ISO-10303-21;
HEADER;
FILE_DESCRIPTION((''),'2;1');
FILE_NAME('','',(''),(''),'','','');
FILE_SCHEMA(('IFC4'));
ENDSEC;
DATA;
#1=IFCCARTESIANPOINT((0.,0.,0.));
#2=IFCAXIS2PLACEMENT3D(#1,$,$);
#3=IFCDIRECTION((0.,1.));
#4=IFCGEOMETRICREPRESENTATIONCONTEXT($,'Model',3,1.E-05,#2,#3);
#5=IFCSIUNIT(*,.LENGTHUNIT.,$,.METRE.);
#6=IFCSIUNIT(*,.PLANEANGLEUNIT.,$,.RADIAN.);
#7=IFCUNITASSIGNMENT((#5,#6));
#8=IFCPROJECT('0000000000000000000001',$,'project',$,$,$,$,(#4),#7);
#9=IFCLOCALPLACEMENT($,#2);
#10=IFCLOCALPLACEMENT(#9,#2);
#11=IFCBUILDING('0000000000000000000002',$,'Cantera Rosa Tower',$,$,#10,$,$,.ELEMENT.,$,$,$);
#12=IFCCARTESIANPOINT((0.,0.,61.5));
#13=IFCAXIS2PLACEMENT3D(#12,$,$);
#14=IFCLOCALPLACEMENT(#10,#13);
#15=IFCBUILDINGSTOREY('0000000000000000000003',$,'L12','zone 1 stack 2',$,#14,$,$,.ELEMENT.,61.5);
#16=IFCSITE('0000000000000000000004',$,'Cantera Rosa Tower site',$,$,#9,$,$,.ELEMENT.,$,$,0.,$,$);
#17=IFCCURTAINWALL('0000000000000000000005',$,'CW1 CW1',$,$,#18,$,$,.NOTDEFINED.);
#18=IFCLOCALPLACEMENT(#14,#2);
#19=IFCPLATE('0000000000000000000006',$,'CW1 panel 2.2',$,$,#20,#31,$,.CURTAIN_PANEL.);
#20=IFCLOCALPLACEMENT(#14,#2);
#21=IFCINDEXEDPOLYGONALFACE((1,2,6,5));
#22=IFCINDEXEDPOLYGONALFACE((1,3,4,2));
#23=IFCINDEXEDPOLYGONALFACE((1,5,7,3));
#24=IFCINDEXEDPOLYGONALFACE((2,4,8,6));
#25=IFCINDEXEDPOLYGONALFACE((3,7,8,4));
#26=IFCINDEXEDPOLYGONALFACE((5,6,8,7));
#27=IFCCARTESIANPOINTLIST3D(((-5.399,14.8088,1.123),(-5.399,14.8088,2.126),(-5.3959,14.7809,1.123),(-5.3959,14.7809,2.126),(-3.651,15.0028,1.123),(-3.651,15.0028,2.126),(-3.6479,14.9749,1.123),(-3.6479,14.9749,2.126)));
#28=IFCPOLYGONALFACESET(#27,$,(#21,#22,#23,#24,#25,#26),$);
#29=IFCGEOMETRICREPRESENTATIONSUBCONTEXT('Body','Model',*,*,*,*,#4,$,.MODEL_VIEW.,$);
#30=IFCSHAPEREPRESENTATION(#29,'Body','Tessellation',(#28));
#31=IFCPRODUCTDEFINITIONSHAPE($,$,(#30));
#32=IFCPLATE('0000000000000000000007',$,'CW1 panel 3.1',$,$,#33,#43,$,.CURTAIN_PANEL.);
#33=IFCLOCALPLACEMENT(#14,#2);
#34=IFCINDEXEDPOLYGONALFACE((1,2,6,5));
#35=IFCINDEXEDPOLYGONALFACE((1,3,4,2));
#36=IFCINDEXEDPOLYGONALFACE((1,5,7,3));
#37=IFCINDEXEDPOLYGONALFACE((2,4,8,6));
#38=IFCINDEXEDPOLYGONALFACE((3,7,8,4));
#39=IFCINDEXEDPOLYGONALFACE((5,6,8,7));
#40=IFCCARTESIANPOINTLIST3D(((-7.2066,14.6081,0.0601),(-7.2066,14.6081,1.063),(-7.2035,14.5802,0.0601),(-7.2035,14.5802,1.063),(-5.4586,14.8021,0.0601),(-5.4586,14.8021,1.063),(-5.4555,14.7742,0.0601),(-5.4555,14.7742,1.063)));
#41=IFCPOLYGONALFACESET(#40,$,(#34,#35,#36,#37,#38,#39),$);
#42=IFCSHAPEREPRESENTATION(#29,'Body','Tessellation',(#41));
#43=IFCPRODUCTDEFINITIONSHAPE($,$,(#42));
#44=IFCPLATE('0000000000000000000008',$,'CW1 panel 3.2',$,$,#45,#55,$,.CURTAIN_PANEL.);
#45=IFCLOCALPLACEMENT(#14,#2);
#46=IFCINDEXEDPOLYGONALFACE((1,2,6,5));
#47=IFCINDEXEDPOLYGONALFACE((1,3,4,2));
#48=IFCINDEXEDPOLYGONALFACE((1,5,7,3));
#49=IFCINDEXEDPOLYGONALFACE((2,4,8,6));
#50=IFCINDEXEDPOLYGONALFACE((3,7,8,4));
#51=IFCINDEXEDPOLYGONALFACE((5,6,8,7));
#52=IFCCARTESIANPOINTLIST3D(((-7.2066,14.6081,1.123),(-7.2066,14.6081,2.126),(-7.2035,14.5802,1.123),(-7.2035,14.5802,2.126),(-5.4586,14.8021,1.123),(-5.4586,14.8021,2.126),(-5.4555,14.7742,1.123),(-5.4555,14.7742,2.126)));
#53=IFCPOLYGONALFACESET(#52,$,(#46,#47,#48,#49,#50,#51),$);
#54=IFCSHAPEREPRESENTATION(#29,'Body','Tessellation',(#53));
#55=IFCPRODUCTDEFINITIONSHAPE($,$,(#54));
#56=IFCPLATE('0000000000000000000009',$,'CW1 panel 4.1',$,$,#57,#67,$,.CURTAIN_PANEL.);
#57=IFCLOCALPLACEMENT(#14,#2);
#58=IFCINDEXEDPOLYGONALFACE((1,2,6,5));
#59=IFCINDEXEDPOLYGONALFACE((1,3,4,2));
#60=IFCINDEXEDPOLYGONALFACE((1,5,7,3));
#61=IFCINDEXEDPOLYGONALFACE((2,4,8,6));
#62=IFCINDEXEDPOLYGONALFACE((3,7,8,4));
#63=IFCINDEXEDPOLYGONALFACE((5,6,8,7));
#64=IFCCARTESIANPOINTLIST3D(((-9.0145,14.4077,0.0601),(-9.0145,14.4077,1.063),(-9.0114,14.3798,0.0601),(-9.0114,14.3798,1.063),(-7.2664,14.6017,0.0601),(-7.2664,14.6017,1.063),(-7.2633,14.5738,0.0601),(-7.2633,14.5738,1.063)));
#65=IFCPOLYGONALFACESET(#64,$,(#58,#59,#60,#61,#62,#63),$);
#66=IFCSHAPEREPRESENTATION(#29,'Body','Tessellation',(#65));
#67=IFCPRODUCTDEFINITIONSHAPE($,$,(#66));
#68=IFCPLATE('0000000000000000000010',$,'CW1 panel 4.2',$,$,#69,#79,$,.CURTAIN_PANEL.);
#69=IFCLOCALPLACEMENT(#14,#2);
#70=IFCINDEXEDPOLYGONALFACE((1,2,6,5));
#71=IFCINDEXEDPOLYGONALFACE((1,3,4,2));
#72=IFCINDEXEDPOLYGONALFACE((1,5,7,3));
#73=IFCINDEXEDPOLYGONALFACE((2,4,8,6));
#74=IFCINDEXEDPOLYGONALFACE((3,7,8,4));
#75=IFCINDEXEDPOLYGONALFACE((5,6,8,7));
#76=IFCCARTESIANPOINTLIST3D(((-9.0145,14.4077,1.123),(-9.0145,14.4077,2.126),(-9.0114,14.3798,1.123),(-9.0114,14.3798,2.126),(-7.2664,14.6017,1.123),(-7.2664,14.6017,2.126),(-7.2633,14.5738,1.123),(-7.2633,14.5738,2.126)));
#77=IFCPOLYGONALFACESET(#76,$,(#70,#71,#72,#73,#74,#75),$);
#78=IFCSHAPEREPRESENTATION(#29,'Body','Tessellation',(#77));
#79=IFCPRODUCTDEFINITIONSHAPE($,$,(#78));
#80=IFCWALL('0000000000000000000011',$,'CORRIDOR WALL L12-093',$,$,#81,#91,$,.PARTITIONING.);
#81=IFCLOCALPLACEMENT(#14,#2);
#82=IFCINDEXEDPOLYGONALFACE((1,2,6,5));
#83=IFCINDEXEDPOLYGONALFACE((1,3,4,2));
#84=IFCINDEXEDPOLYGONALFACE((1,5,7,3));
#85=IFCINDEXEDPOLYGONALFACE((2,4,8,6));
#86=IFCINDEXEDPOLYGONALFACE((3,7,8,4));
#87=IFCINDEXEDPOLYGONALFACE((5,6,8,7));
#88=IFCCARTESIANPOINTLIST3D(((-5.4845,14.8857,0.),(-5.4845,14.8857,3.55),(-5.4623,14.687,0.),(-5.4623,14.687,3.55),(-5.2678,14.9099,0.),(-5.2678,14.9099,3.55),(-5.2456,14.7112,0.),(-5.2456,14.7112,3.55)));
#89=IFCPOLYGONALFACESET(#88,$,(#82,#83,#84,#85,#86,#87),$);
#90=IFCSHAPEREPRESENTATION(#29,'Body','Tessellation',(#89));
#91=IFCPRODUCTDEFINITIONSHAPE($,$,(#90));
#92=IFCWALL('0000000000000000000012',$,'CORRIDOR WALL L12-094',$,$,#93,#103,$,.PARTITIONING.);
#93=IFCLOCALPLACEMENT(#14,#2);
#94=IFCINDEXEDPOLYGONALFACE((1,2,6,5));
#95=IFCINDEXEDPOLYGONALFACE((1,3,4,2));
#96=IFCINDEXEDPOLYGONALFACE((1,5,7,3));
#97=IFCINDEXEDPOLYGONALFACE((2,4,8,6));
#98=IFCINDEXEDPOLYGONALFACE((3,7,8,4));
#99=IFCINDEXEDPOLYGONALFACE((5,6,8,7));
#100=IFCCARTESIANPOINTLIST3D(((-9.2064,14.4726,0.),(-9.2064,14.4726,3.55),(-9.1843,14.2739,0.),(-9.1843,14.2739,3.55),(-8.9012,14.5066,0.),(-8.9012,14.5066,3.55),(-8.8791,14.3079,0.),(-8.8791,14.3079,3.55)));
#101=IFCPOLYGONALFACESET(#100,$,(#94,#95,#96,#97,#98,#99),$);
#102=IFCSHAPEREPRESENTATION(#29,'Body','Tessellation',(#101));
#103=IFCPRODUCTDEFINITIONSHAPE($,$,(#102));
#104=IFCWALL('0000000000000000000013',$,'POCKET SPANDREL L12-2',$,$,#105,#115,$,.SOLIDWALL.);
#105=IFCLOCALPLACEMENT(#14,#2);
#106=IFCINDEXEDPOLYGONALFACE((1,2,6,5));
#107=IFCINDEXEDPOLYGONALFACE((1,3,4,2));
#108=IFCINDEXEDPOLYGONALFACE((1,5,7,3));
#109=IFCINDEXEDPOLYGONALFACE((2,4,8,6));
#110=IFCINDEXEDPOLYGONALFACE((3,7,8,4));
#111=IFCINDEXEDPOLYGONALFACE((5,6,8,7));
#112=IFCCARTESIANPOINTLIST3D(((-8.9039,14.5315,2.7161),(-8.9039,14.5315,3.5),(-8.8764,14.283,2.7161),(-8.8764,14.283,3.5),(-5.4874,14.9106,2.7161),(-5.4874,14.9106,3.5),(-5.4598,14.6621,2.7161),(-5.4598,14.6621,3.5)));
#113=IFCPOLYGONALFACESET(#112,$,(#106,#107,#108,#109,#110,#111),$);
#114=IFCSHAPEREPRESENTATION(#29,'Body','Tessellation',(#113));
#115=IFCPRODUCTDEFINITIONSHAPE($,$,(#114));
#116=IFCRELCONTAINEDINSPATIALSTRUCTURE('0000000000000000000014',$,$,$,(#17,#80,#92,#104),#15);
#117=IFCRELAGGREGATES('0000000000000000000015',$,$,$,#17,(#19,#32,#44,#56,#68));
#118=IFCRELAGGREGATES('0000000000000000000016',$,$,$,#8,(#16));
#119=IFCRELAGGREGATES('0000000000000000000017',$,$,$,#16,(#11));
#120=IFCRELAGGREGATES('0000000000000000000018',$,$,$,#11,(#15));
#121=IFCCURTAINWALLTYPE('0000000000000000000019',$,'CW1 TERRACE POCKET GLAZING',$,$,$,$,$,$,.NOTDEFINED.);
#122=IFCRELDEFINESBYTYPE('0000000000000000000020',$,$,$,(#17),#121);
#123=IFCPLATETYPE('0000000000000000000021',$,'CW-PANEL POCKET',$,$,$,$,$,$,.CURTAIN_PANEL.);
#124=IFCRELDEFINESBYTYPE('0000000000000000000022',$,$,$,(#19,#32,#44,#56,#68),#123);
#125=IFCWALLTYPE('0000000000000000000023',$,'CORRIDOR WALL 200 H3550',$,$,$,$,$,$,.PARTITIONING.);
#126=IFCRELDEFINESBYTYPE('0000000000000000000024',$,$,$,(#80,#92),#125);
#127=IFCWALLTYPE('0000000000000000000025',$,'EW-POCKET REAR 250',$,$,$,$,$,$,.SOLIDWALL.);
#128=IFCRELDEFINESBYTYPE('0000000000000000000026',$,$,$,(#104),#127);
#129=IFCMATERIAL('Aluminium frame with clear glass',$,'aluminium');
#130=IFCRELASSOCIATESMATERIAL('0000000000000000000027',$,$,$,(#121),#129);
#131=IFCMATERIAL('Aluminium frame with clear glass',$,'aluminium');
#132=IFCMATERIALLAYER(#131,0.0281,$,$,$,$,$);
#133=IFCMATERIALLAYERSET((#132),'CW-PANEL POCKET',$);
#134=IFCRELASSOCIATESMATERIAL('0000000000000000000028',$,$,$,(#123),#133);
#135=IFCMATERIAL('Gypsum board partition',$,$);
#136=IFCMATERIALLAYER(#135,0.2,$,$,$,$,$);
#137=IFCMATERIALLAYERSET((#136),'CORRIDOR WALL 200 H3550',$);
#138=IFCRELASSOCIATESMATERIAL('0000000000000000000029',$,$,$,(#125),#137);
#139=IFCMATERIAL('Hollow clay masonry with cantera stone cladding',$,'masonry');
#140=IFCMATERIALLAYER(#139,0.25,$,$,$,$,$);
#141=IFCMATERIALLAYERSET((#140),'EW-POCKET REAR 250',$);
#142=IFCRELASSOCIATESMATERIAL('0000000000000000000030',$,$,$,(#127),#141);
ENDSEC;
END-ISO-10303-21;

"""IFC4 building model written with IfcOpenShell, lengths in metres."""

from ifc_helpers import new_model, si_unit, direction, frame, frame_2d, origin, origin_2d, place, context, subcontext, project, spatial, rectangle, extrude, material, layer, layer_set, type_object, element, aggregate, save


model = new_model("IFC4")

# Units and contexts
model_context = context("Model", 3, precision=1e-05, world=origin(), true_north=direction((0.0, 1.0)))
body_context = subcontext(model_context, "Body", "Model", "MODEL_VIEW")
ifc_project = project(units=[si_unit("LENGTHUNIT", "METRE"), si_unit("PLANEANGLEUNIT", "RADIAN")], contexts=[model_context])

# Site, building, storey
site_placement = place(None, origin())
site = spatial("IfcSite", under=ifc_project, at=site_placement, Name="Cantera Rosa Tower site", CompositionType="ELEMENT", RefElevation=0.0)
building_placement = place(site_placement, origin())
building = spatial("IfcBuilding", under=site, at=building_placement, Name="Cantera Rosa Tower", CompositionType="ELEMENT")
storey_placement = place(building_placement, frame((0.0, 0.0, 61.5)))
storey = spatial("IfcBuildingStorey", under=building, at=storey_placement, Name="L12", Description="zone 1 stack 2", CompositionType="ELEMENT", Elevation=61.5)

# Curtain wall
ifc_material_1 = material(Name="Aluminium frame with clear glass", Category="aluminium")
curtain_wall_type = type_object("IfcCurtainWallType", Name="CW1 TERRACE POCKET GLAZING", PredefinedType="NOTDEFINED", material=ifc_material_1)
curtain_wall_placement = place(storey_placement, origin())
curtain_wall = element("IfcCurtainWall", 1, at=curtain_wall_placement, inside=storey, type_object=curtain_wall_type, Name="CW1 CW1", PredefinedType="NOTDEFINED")

# Plates
ifc_material_2 = material(Name="Aluminium frame with clear glass", Category="aluminium")
ifc_layer_1 = layer(ifc_material_2, 0.0281)
ifc_layer_set_1 = layer_set([ifc_layer_1], Name="CW-PANEL POCKET")
plate_type = type_object("IfcPlateType", Name="CW-PANEL POCKET", PredefinedType="CURTAIN_PANEL", material=ifc_layer_set_1)
plate_1_placement = place(storey_placement, frame((-4.5234, 14.8918, 1.123), z_axis=(0.0, 0.0, 1.0), x_axis=(-0.993897, -0.110313, 0.0)))
plate_1 = element("IfcPlate", 2, at=plate_1_placement, type_object=plate_type, Name="CW1 panel 2.2", PredefinedType="CURTAIN_PANEL", context=body_context, shape_type="SweptSolid", body=[
    extrude(rectangle(XDim=1.7588, YDim=0.0281, at=origin_2d()), origin(), (0.0, 0.0, 1.0), 1.0029),
])
plate_2_placement = place(storey_placement, frame((-6.3311, 14.6912, 0.0601), z_axis=(0.0, 0.0, 1.0), x_axis=(-0.993897, -0.110313, 0.0)))
plate_2 = element("IfcPlate", 3, at=plate_2_placement, type_object=plate_type, Name="CW1 panel 3.1", PredefinedType="CURTAIN_PANEL", context=body_context, shape_type="SweptSolid", body=[
    extrude(rectangle(XDim=1.7588, YDim=0.0281, at=origin_2d()), origin(), (0.0, 0.0, 1.0), 1.0029),
])
plate_3_placement = place(storey_placement, frame((-6.3311, 14.6912, 1.123), z_axis=(0.0, 0.0, 1.0), x_axis=(-0.993897, -0.110313, 0.0)))
plate_3 = element("IfcPlate", 4, at=plate_3_placement, type_object=plate_type, Name="CW1 panel 3.2", PredefinedType="CURTAIN_PANEL", context=body_context, shape_type="SweptSolid", body=[
    extrude(rectangle(XDim=1.7588, YDim=0.0281, at=origin_2d()), origin(), (0.0, 0.0, 1.0), 1.0029),
])
plate_4_placement = place(storey_placement, frame((-8.1389, 14.4907, 0.0601), z_axis=(0.0, 0.0, 1.0), x_axis=(-0.993897, -0.110313, 0.0)))
plate_4 = element("IfcPlate", 5, at=plate_4_placement, type_object=plate_type, Name="CW1 panel 4.1", PredefinedType="CURTAIN_PANEL", context=body_context, shape_type="SweptSolid", body=[
    extrude(rectangle(XDim=1.7588, YDim=0.0281, at=origin_2d()), origin(), (0.0, 0.0, 1.0), 1.0029),
])
plate_5_placement = place(storey_placement, frame((-8.1389, 14.4907, 1.123), z_axis=(0.0, 0.0, 1.0), x_axis=(-0.993897, -0.110313, 0.0)))
plate_5 = element("IfcPlate", 6, at=plate_5_placement, type_object=plate_type, Name="CW1 panel 4.2", PredefinedType="CURTAIN_PANEL", context=body_context, shape_type="SweptSolid", body=[
    extrude(rectangle(XDim=1.7588, YDim=0.0281, at=origin_2d()), origin(), (0.0, 0.0, 1.0), 1.0029),
])
aggregate(curtain_wall, [plate_1, plate_2, plate_3, plate_4, plate_5])

# Walls
ifc_material_3 = material(Name="Gypsum board partition")
ifc_layer_2 = layer(ifc_material_3, 0.2)
ifc_layer_set_2 = layer_set([ifc_layer_2], Name="CORRIDOR WALL 200 H3550")
wall_type_1 = type_object("IfcWallType", Name="CORRIDOR WALL 200 H3550", PredefinedType="PARTITIONING", material=ifc_layer_set_2)
wall_1_placement = place(storey_placement, frame((-5.2568, 14.8105, 0.0), z_axis=(0.0, 0.0, 1.0), x_axis=(-0.993829, -0.110923, 0.0)))
element("IfcWall", 7, at=wall_1_placement, inside=storey, type_object=wall_type_1, Name="CORRIDOR WALL L12-093", PredefinedType="PARTITIONING", context=body_context, shape_type="SweptSolid", body=[
    extrude(rectangle(XDim=0.218, YDim=0.2, at=frame_2d((0.1089, 0.0))), origin(), (0.0, 0.0, 1.0), 3.55),
])
wall_2_placement = place(storey_placement, frame((-8.8901, 14.4072, 0.0), z_axis=(0.0, 0.0, 1.0), x_axis=(-0.993874, -0.110519, 0.0)))
element("IfcWall", 8, at=wall_2_placement, inside=storey, type_object=wall_type_1, Name="CORRIDOR WALL L12-094", PredefinedType="PARTITIONING", context=body_context, shape_type="SweptSolid", body=[
    extrude(rectangle(XDim=0.3071, YDim=0.2, at=frame_2d((0.1536, 0.0))), origin(), (0.0, 0.0, 1.0), 3.55),
])
ifc_material_4 = material(Name="Hollow clay masonry with cantera stone cladding", Category="masonry")
ifc_layer_3 = layer(ifc_material_4, 0.25)
ifc_layer_set_3 = layer_set([ifc_layer_3], Name="EW-POCKET REAR 250")
wall_type_2 = type_object("IfcWallType", Name="EW-POCKET REAR 250", PredefinedType="SOLIDWALL", material=ifc_layer_set_3)
wall_3_placement = place(storey_placement, frame((-5.4736, 14.7864, 2.7161), z_axis=(0.0, 0.0, 1.0), x_axis=(-0.993898, -0.110299, 0.0)))
element("IfcWall", 9, at=wall_3_placement, inside=storey, type_object=wall_type_2, Name="POCKET SPANDREL L12-2", PredefinedType="SOLIDWALL", context=body_context, shape_type="SweptSolid", body=[
    extrude(rectangle(XDim=3.4375, YDim=0.25, at=frame_2d((1.7188, 0.0))), origin(), (0.0, 0.0, 1.0), 0.7839),
])

save(model, "model.ifc")
